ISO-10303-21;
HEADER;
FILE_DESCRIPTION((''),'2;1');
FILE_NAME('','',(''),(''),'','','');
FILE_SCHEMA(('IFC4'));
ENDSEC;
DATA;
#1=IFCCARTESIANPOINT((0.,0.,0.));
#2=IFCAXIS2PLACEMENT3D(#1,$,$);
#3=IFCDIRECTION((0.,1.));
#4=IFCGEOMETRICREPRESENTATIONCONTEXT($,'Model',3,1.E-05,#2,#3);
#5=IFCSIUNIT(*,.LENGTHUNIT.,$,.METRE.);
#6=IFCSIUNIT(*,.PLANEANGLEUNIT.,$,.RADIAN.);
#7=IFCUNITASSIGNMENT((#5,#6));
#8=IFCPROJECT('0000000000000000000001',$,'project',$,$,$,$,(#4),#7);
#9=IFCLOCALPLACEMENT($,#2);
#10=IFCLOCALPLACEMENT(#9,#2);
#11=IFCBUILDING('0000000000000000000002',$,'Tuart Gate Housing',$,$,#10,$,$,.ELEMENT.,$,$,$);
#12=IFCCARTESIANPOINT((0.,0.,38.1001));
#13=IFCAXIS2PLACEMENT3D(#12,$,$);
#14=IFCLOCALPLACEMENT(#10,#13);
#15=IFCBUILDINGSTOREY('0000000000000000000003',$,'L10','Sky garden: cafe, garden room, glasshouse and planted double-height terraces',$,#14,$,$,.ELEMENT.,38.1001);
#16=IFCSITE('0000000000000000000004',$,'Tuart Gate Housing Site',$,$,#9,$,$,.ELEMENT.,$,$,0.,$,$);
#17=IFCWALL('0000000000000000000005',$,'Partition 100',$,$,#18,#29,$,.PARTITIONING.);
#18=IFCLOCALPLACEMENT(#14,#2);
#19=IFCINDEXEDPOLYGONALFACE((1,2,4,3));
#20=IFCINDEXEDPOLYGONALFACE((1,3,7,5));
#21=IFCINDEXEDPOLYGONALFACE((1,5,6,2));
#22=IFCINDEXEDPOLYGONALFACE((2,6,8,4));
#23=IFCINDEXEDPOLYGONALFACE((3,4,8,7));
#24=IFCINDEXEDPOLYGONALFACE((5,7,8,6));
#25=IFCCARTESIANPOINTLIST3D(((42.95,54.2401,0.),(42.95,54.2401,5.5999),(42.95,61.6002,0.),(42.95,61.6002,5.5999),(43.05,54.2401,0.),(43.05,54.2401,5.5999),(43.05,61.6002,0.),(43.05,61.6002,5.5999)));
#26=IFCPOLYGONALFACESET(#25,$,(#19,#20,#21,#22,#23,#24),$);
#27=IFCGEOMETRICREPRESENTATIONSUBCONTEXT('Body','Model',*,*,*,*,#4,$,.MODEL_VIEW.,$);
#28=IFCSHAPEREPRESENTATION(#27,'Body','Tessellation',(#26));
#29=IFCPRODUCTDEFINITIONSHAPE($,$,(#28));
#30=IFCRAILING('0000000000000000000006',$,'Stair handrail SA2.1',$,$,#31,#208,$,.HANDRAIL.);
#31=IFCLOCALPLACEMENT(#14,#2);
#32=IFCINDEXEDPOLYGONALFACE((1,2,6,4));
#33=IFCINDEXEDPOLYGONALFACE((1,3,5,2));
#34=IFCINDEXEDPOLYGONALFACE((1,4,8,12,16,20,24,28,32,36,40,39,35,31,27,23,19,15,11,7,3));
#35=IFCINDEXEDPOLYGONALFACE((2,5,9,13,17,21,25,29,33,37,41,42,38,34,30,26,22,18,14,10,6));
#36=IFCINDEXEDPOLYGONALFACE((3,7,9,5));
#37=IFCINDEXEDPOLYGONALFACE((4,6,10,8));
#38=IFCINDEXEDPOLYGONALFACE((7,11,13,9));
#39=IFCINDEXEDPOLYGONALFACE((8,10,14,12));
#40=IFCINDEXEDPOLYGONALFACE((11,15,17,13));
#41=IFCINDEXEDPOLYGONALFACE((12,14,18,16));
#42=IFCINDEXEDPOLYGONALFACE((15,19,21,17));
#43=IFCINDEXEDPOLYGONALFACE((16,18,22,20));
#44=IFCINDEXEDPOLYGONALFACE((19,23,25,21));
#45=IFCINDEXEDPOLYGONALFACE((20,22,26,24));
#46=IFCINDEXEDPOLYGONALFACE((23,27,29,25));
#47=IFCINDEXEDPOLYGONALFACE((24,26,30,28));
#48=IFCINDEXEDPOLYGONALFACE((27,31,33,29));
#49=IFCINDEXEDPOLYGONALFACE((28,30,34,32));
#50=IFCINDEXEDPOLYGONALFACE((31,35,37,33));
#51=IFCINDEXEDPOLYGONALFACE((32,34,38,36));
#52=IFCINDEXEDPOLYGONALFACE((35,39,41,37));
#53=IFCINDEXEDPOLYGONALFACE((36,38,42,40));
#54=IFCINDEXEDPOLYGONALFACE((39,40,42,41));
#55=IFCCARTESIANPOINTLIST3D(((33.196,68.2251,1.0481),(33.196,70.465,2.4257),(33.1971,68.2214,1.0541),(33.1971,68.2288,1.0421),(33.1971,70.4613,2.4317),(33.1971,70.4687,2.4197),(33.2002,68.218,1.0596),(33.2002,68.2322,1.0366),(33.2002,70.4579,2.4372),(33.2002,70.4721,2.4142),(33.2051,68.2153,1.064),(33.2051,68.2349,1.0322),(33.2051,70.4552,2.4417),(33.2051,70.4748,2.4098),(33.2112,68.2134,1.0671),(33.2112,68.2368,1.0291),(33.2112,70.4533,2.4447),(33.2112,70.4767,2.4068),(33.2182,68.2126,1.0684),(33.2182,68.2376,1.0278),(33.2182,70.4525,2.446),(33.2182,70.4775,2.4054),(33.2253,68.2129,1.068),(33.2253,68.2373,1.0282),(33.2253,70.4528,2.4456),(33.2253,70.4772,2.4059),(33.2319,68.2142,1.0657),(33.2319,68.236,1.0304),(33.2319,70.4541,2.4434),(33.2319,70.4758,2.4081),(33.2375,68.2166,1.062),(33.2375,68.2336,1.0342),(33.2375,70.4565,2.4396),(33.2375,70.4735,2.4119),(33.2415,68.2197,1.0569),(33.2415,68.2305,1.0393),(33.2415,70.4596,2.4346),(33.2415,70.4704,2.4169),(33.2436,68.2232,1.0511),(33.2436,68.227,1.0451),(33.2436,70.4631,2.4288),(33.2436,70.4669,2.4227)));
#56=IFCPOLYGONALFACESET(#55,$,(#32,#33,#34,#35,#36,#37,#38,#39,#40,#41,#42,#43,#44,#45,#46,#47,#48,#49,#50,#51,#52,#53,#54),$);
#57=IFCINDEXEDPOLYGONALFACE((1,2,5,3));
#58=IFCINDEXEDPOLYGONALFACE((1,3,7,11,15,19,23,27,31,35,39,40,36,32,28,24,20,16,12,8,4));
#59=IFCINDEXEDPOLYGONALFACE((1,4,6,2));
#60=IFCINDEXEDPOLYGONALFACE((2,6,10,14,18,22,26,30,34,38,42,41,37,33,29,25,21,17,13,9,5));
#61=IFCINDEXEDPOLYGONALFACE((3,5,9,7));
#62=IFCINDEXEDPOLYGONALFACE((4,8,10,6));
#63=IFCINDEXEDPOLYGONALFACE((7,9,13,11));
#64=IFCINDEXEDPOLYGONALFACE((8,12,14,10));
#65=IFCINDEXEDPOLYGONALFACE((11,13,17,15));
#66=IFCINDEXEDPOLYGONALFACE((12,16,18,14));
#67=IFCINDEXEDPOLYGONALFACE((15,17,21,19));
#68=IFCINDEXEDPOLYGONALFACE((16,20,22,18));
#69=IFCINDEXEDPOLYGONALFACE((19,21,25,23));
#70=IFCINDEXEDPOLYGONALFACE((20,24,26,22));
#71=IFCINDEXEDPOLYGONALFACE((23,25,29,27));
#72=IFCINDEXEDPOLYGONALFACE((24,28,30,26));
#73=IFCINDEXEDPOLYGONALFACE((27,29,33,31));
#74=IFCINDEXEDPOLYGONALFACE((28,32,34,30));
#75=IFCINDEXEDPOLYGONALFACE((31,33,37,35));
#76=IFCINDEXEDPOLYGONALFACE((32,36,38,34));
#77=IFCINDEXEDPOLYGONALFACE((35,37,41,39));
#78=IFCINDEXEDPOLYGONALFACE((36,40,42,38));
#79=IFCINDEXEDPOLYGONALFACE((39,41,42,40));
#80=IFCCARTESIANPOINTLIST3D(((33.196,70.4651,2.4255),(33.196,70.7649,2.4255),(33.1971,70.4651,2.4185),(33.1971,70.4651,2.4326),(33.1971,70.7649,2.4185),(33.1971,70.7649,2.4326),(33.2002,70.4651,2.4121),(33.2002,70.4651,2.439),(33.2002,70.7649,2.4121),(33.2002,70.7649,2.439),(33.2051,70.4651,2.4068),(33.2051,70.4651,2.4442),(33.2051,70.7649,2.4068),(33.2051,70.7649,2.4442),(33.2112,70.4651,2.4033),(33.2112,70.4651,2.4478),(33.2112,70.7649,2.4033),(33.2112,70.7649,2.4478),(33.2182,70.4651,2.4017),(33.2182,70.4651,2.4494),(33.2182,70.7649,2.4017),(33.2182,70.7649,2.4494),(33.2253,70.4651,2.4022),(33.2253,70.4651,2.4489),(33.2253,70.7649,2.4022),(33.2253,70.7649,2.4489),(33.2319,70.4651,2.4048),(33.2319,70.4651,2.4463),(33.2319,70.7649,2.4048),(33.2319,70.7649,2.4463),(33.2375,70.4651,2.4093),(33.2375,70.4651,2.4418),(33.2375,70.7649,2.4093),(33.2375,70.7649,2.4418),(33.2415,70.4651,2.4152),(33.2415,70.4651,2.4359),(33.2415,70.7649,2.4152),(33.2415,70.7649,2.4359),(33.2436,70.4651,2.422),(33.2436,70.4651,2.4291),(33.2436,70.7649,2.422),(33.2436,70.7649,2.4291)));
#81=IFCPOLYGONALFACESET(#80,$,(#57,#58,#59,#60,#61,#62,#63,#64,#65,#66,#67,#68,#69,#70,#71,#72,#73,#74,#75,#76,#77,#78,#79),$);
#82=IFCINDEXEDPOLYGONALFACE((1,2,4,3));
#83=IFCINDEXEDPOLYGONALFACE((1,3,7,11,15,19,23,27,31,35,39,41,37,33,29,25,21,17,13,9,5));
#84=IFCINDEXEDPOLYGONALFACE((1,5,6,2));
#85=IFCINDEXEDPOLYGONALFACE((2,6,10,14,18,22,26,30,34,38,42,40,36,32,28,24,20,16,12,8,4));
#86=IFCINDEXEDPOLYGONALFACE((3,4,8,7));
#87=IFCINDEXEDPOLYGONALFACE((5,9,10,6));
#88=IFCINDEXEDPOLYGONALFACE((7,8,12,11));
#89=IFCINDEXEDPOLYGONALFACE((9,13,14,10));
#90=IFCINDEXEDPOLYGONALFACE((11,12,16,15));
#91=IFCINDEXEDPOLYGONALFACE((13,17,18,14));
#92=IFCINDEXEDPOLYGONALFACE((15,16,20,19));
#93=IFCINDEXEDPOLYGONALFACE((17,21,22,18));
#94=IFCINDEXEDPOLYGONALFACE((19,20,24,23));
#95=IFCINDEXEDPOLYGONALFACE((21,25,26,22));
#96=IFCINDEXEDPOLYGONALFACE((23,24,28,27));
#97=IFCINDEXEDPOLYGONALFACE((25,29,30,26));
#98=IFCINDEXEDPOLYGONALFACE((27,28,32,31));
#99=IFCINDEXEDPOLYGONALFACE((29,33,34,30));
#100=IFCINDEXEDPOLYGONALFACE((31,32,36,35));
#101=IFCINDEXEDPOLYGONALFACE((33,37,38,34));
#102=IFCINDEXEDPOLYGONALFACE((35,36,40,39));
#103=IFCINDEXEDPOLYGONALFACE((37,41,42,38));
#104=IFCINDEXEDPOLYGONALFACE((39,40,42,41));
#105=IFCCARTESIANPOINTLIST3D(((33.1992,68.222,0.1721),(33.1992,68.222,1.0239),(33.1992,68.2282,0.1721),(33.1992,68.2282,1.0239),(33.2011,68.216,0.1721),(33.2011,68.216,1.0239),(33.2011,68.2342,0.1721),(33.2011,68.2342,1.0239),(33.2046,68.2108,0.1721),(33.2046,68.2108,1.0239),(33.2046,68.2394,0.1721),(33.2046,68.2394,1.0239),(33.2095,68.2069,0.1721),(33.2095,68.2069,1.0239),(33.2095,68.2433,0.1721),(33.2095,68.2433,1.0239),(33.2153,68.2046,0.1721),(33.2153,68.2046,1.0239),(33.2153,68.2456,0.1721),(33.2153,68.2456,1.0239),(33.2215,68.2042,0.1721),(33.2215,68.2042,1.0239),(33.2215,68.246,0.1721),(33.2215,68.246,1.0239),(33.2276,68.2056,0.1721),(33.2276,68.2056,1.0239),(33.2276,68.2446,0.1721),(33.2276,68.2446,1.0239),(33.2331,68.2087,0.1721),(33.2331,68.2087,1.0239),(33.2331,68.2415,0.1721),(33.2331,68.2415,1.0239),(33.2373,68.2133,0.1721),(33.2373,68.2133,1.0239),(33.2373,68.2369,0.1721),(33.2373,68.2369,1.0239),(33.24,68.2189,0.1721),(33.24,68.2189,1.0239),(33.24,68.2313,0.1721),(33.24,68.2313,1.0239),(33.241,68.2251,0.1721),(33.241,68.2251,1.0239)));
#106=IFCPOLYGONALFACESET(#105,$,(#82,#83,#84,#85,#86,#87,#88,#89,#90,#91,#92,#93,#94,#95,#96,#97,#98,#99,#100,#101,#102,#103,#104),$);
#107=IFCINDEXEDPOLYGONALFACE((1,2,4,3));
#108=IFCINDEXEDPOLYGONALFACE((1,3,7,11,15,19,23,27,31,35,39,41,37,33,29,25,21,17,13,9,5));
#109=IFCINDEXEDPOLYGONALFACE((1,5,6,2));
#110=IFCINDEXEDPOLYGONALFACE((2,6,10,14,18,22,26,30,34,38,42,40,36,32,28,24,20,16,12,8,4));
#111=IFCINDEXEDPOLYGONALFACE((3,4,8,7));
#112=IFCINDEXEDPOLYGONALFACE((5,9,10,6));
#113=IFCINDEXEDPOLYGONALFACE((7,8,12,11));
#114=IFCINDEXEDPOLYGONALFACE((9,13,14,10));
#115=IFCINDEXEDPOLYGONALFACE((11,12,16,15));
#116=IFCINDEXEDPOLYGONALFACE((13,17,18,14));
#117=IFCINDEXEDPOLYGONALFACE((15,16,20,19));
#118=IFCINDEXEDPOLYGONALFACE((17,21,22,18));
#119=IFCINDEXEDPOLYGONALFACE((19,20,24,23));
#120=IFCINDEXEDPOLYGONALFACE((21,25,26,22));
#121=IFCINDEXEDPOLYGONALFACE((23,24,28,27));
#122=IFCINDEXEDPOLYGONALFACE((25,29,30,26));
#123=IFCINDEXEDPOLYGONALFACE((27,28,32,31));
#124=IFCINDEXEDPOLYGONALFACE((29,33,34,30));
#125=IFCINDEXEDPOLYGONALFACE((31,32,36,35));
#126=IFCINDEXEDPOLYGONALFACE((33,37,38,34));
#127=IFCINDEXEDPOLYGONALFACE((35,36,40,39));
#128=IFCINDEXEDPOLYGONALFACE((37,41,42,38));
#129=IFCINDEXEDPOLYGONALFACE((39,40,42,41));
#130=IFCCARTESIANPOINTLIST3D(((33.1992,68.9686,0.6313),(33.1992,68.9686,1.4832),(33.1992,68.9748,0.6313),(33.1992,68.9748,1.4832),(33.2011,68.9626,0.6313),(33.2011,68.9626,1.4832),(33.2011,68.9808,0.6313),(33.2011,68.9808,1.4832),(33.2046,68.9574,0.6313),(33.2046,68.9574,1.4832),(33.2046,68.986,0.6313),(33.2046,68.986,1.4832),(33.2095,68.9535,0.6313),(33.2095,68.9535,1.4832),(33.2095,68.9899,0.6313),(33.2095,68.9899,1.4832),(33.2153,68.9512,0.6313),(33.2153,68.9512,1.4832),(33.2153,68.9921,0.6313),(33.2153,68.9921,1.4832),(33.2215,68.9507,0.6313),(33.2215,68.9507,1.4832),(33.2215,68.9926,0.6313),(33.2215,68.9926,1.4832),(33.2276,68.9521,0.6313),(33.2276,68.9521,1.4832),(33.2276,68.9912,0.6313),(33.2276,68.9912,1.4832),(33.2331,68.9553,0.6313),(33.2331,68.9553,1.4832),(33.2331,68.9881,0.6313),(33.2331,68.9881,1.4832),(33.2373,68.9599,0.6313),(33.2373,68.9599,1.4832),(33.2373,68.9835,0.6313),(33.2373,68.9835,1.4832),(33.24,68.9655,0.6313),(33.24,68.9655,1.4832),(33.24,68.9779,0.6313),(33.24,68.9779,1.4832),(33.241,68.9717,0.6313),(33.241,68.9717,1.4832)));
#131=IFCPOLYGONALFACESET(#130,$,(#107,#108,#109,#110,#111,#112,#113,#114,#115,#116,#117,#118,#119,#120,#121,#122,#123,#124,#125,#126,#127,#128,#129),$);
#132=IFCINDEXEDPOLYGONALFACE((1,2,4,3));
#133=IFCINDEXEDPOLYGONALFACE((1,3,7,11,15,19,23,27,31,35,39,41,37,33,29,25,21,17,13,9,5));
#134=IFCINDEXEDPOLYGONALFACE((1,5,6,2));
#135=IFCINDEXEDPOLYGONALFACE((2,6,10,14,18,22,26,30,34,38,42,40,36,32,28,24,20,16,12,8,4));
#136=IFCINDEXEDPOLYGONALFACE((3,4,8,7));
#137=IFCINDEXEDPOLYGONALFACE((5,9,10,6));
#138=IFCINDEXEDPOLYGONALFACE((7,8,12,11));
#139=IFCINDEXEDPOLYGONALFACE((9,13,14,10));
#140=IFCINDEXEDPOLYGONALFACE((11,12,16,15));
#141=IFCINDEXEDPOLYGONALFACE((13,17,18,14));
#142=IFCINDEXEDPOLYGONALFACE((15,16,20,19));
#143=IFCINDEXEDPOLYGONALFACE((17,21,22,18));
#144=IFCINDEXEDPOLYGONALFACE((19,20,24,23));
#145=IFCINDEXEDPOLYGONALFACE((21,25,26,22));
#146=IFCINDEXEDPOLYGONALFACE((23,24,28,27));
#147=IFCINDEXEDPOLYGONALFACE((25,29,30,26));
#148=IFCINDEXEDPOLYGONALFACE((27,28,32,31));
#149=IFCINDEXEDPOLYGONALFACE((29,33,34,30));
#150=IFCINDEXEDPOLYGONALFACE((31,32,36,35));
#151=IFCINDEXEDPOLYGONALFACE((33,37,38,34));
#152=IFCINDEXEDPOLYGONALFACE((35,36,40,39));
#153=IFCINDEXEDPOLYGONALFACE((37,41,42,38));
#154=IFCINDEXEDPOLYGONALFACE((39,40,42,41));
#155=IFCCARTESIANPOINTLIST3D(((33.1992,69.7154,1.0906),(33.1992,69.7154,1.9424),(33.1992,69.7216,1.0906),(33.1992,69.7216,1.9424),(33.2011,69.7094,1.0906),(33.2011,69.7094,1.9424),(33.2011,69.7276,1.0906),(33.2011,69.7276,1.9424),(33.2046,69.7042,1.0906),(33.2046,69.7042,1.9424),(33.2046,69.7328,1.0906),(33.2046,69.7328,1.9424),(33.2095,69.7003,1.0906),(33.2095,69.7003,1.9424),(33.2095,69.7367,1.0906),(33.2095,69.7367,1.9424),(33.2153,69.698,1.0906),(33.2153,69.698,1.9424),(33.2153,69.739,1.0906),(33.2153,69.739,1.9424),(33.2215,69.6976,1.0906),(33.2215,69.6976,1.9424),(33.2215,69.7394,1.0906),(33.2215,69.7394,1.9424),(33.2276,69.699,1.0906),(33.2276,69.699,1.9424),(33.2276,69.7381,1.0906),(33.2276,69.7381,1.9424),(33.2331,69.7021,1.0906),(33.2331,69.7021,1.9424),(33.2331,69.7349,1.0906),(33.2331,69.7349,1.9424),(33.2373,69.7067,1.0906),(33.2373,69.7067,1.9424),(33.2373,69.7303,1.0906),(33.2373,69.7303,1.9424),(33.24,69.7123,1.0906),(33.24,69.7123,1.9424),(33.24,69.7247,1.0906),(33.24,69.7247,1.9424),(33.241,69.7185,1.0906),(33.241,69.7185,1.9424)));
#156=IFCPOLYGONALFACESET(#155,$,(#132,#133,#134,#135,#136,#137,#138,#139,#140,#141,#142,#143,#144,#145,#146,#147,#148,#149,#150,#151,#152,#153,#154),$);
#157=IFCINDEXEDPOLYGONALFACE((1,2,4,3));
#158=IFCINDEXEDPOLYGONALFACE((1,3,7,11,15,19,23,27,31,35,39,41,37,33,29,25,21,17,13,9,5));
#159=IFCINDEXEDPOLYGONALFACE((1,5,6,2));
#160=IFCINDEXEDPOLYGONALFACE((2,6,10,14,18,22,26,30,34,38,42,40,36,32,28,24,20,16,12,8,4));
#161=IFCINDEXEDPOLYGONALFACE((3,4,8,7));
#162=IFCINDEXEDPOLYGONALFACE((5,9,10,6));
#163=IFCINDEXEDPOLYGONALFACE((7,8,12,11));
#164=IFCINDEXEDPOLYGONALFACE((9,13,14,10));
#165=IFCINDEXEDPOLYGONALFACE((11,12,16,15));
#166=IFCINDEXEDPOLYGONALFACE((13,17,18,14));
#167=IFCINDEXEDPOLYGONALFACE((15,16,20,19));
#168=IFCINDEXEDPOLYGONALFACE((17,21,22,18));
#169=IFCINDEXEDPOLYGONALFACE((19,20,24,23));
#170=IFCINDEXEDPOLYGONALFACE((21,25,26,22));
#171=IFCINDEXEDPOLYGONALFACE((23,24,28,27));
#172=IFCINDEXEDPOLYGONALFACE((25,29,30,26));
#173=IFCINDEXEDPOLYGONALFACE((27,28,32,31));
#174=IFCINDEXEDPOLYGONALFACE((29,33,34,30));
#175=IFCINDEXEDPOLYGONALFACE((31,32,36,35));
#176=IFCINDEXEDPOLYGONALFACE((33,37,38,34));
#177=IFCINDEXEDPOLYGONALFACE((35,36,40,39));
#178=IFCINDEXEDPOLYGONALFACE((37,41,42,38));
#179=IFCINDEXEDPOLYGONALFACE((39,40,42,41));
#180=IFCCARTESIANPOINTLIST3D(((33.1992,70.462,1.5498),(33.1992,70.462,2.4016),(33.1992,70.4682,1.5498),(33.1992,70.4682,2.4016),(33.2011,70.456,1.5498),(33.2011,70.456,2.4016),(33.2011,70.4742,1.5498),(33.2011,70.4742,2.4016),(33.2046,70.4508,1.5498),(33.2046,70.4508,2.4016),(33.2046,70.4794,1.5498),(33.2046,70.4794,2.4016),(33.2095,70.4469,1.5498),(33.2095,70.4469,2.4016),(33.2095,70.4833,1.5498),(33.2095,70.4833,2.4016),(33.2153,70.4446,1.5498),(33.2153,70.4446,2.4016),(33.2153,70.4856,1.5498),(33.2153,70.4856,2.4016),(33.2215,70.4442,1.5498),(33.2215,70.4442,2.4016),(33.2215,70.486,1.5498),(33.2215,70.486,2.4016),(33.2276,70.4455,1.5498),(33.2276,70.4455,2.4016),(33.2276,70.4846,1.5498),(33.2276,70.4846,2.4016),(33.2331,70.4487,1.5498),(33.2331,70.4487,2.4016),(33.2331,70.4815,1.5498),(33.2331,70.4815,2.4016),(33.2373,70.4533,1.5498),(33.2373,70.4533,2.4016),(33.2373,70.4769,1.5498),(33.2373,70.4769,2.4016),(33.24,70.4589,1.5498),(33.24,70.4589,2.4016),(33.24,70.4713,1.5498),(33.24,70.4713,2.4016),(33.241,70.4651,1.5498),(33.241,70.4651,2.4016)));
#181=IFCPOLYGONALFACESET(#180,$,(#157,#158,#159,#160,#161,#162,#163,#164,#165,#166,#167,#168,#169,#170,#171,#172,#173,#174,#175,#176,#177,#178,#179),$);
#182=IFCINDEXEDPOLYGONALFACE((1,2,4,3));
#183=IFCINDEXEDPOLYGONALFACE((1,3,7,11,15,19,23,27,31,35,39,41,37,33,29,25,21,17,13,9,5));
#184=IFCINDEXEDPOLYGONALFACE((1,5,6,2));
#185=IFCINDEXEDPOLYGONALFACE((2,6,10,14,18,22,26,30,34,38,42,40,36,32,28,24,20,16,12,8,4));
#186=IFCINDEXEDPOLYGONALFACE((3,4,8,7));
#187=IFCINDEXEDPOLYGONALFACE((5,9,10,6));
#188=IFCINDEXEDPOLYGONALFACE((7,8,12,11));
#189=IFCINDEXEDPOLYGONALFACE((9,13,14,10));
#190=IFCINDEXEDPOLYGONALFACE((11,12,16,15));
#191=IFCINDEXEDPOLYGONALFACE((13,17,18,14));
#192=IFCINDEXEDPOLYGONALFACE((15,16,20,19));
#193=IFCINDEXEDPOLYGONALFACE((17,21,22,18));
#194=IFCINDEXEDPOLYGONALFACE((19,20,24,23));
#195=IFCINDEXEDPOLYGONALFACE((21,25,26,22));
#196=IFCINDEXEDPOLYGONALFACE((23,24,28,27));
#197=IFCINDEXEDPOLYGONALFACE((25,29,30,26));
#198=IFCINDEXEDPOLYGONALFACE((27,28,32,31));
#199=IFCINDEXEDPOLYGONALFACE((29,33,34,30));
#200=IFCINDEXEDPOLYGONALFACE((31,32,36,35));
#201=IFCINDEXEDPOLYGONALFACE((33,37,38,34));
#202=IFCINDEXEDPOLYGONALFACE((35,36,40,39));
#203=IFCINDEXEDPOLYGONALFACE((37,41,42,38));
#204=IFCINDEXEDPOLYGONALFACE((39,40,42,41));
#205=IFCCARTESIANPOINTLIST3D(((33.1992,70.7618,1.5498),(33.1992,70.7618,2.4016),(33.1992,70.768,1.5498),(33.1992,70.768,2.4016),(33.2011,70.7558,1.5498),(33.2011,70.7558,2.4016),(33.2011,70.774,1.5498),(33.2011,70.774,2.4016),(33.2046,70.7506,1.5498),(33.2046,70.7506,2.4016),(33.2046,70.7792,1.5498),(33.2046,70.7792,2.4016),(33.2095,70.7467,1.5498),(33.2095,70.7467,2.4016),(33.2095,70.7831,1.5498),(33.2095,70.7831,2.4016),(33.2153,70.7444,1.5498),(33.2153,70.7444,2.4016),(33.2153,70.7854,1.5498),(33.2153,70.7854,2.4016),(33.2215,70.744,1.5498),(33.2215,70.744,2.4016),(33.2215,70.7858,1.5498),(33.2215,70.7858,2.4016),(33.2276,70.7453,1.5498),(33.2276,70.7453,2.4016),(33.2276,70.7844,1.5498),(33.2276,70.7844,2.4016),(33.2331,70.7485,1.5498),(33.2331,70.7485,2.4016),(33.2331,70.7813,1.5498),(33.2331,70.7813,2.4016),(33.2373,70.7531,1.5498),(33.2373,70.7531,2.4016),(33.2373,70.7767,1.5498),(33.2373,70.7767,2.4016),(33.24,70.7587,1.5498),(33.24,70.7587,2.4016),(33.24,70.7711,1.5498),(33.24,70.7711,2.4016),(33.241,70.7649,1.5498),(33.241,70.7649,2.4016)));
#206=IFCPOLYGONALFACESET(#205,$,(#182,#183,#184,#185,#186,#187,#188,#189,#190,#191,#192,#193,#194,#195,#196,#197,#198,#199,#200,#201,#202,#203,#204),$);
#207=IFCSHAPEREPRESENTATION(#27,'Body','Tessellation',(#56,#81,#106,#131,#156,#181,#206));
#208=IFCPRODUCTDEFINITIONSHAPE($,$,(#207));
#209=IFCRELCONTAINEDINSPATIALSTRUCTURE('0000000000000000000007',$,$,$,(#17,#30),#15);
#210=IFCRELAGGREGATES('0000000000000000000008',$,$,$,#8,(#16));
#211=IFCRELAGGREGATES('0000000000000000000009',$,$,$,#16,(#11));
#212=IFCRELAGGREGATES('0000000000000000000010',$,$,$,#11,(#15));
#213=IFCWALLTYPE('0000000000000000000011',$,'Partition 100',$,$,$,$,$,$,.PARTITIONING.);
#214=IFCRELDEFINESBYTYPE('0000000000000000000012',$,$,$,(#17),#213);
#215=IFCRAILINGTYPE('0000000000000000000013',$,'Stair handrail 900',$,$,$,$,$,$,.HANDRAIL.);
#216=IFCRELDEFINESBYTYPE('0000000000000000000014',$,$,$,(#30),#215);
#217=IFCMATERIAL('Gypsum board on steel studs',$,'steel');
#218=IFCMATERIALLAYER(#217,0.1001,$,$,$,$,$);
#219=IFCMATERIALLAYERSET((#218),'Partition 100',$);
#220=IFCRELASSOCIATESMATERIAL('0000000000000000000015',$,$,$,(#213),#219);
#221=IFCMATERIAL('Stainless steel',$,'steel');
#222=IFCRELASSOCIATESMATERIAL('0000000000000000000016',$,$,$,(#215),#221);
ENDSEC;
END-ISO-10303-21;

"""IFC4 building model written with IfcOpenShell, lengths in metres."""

from ifc_helpers import new_model, si_unit, direction, frame, frame_2d, origin, origin_2d, place, context, subcontext, project, spatial, rectangle, circle, extrude, material, layer, layer_set, type_object, element, save


model = new_model("IFC4")

# Units and contexts
model_context = context("Model", 3, precision=1e-05, world=origin(), true_north=direction((0.0, 1.0)))
body_context = subcontext(model_context, "Body", "Model", "MODEL_VIEW")
ifc_project = project(units=[si_unit("LENGTHUNIT", "METRE"), si_unit("PLANEANGLEUNIT", "RADIAN")], contexts=[model_context])

# Site, building, storey
site_placement = place(None, origin())
site = spatial("IfcSite", under=ifc_project, at=site_placement, Name="Tuart Gate Housing Site", CompositionType="ELEMENT", RefElevation=0.0)
building_placement = place(site_placement, origin())
building = spatial("IfcBuilding", under=site, at=building_placement, Name="Tuart Gate Housing", CompositionType="ELEMENT")
storey_placement = place(building_placement, frame((0.0, 0.0, 38.1001)))
storey = spatial("IfcBuildingStorey", under=building, at=storey_placement, Name="L10", Description="Sky garden: cafe, garden room, glasshouse and planted double-height terraces", CompositionType="ELEMENT", Elevation=38.1001)

# Wall
ifc_material_1 = material(Name="Gypsum board on steel studs", Category="steel")
ifc_layer_1 = layer(ifc_material_1, 0.1001)
ifc_layer_set_1 = layer_set([ifc_layer_1], Name="Partition 100")
wall_type_1 = type_object("IfcWallType", Name="Partition 100", PredefinedType="PARTITIONING", material=ifc_layer_set_1)
for number, where, z_axis, x_axis, name in (
    (1, (43.0, 54.24, 0.0), (0.0, 0.0, 1.0), (0.0, 1.0, 0.0), "Partition 100"),
):
    element("IfcWall", number, at=place(storey_placement, frame(where, z_axis=z_axis, x_axis=x_axis)), inside=storey, type_object=wall_type_1, Name=name, PredefinedType="PARTITIONING", context=body_context, shape_type="SweptSolid", body=[
        extrude(rectangle(XDim=7.3601, YDim=0.1001, at=frame_2d((3.6802, 0.0))), origin(), (0.0, 0.0, 1.0), 5.5999),
    ])

# Railing
ifc_material_2 = material(Name="Stainless steel", Category="steel")
railing_type = type_object("IfcRailingType", Name="Stair handrail 900", PredefinedType="HANDRAIL", material=ifc_material_2)
railing_placement = place(storey_placement, frame((33.22, 68.2251, 0.1721)))
element("IfcRailing", 2, at=railing_placement, inside=storey, type_object=railing_type, Name="Stair handrail SA2.1", PredefinedType="HANDRAIL", context=body_context, shape_type="SweptSolid", body=[
    extrude(circle(Radius=0.0239, at=origin_2d()), frame((0.0, 0.0, 0.876), z_axis=(0.0, 0.851789, 0.523885), x_axis=(-1.0, 0.0, 0.0)), (0.0, 0.0, 1.0), 2.6296),
    extrude(circle(Radius=0.0239, at=origin_2d()), frame((0.0, 2.24, 2.2534), z_axis=(0.0, 1.0, 0.0), x_axis=(-1.0, 0.0, 0.0)), (0.0, 0.0, 1.0), 0.2998),
    extrude(circle(Radius=0.021, at=origin_2d()), origin(), (0.0, 0.0, 1.0), 0.8518),
    extrude(circle(Radius=0.021, at=origin_2d()), frame((0.0, 0.7466, 0.4592)), (0.0, 0.0, 1.0), 0.8518),
    extrude(circle(Radius=0.021, at=origin_2d()), frame((0.0, 1.4934, 0.9185)), (0.0, 0.0, 1.0), 0.8518),
    extrude(circle(Radius=0.021, at=origin_2d()), frame((0.0, 2.24, 1.3777)), (0.0, 0.0, 1.0), 0.8518),
    extrude(circle(Radius=0.021, at=origin_2d()), frame((0.0, 2.5398, 1.3777)), (0.0, 0.0, 1.0), 0.8518),
])

save(model, "model.ifc")
